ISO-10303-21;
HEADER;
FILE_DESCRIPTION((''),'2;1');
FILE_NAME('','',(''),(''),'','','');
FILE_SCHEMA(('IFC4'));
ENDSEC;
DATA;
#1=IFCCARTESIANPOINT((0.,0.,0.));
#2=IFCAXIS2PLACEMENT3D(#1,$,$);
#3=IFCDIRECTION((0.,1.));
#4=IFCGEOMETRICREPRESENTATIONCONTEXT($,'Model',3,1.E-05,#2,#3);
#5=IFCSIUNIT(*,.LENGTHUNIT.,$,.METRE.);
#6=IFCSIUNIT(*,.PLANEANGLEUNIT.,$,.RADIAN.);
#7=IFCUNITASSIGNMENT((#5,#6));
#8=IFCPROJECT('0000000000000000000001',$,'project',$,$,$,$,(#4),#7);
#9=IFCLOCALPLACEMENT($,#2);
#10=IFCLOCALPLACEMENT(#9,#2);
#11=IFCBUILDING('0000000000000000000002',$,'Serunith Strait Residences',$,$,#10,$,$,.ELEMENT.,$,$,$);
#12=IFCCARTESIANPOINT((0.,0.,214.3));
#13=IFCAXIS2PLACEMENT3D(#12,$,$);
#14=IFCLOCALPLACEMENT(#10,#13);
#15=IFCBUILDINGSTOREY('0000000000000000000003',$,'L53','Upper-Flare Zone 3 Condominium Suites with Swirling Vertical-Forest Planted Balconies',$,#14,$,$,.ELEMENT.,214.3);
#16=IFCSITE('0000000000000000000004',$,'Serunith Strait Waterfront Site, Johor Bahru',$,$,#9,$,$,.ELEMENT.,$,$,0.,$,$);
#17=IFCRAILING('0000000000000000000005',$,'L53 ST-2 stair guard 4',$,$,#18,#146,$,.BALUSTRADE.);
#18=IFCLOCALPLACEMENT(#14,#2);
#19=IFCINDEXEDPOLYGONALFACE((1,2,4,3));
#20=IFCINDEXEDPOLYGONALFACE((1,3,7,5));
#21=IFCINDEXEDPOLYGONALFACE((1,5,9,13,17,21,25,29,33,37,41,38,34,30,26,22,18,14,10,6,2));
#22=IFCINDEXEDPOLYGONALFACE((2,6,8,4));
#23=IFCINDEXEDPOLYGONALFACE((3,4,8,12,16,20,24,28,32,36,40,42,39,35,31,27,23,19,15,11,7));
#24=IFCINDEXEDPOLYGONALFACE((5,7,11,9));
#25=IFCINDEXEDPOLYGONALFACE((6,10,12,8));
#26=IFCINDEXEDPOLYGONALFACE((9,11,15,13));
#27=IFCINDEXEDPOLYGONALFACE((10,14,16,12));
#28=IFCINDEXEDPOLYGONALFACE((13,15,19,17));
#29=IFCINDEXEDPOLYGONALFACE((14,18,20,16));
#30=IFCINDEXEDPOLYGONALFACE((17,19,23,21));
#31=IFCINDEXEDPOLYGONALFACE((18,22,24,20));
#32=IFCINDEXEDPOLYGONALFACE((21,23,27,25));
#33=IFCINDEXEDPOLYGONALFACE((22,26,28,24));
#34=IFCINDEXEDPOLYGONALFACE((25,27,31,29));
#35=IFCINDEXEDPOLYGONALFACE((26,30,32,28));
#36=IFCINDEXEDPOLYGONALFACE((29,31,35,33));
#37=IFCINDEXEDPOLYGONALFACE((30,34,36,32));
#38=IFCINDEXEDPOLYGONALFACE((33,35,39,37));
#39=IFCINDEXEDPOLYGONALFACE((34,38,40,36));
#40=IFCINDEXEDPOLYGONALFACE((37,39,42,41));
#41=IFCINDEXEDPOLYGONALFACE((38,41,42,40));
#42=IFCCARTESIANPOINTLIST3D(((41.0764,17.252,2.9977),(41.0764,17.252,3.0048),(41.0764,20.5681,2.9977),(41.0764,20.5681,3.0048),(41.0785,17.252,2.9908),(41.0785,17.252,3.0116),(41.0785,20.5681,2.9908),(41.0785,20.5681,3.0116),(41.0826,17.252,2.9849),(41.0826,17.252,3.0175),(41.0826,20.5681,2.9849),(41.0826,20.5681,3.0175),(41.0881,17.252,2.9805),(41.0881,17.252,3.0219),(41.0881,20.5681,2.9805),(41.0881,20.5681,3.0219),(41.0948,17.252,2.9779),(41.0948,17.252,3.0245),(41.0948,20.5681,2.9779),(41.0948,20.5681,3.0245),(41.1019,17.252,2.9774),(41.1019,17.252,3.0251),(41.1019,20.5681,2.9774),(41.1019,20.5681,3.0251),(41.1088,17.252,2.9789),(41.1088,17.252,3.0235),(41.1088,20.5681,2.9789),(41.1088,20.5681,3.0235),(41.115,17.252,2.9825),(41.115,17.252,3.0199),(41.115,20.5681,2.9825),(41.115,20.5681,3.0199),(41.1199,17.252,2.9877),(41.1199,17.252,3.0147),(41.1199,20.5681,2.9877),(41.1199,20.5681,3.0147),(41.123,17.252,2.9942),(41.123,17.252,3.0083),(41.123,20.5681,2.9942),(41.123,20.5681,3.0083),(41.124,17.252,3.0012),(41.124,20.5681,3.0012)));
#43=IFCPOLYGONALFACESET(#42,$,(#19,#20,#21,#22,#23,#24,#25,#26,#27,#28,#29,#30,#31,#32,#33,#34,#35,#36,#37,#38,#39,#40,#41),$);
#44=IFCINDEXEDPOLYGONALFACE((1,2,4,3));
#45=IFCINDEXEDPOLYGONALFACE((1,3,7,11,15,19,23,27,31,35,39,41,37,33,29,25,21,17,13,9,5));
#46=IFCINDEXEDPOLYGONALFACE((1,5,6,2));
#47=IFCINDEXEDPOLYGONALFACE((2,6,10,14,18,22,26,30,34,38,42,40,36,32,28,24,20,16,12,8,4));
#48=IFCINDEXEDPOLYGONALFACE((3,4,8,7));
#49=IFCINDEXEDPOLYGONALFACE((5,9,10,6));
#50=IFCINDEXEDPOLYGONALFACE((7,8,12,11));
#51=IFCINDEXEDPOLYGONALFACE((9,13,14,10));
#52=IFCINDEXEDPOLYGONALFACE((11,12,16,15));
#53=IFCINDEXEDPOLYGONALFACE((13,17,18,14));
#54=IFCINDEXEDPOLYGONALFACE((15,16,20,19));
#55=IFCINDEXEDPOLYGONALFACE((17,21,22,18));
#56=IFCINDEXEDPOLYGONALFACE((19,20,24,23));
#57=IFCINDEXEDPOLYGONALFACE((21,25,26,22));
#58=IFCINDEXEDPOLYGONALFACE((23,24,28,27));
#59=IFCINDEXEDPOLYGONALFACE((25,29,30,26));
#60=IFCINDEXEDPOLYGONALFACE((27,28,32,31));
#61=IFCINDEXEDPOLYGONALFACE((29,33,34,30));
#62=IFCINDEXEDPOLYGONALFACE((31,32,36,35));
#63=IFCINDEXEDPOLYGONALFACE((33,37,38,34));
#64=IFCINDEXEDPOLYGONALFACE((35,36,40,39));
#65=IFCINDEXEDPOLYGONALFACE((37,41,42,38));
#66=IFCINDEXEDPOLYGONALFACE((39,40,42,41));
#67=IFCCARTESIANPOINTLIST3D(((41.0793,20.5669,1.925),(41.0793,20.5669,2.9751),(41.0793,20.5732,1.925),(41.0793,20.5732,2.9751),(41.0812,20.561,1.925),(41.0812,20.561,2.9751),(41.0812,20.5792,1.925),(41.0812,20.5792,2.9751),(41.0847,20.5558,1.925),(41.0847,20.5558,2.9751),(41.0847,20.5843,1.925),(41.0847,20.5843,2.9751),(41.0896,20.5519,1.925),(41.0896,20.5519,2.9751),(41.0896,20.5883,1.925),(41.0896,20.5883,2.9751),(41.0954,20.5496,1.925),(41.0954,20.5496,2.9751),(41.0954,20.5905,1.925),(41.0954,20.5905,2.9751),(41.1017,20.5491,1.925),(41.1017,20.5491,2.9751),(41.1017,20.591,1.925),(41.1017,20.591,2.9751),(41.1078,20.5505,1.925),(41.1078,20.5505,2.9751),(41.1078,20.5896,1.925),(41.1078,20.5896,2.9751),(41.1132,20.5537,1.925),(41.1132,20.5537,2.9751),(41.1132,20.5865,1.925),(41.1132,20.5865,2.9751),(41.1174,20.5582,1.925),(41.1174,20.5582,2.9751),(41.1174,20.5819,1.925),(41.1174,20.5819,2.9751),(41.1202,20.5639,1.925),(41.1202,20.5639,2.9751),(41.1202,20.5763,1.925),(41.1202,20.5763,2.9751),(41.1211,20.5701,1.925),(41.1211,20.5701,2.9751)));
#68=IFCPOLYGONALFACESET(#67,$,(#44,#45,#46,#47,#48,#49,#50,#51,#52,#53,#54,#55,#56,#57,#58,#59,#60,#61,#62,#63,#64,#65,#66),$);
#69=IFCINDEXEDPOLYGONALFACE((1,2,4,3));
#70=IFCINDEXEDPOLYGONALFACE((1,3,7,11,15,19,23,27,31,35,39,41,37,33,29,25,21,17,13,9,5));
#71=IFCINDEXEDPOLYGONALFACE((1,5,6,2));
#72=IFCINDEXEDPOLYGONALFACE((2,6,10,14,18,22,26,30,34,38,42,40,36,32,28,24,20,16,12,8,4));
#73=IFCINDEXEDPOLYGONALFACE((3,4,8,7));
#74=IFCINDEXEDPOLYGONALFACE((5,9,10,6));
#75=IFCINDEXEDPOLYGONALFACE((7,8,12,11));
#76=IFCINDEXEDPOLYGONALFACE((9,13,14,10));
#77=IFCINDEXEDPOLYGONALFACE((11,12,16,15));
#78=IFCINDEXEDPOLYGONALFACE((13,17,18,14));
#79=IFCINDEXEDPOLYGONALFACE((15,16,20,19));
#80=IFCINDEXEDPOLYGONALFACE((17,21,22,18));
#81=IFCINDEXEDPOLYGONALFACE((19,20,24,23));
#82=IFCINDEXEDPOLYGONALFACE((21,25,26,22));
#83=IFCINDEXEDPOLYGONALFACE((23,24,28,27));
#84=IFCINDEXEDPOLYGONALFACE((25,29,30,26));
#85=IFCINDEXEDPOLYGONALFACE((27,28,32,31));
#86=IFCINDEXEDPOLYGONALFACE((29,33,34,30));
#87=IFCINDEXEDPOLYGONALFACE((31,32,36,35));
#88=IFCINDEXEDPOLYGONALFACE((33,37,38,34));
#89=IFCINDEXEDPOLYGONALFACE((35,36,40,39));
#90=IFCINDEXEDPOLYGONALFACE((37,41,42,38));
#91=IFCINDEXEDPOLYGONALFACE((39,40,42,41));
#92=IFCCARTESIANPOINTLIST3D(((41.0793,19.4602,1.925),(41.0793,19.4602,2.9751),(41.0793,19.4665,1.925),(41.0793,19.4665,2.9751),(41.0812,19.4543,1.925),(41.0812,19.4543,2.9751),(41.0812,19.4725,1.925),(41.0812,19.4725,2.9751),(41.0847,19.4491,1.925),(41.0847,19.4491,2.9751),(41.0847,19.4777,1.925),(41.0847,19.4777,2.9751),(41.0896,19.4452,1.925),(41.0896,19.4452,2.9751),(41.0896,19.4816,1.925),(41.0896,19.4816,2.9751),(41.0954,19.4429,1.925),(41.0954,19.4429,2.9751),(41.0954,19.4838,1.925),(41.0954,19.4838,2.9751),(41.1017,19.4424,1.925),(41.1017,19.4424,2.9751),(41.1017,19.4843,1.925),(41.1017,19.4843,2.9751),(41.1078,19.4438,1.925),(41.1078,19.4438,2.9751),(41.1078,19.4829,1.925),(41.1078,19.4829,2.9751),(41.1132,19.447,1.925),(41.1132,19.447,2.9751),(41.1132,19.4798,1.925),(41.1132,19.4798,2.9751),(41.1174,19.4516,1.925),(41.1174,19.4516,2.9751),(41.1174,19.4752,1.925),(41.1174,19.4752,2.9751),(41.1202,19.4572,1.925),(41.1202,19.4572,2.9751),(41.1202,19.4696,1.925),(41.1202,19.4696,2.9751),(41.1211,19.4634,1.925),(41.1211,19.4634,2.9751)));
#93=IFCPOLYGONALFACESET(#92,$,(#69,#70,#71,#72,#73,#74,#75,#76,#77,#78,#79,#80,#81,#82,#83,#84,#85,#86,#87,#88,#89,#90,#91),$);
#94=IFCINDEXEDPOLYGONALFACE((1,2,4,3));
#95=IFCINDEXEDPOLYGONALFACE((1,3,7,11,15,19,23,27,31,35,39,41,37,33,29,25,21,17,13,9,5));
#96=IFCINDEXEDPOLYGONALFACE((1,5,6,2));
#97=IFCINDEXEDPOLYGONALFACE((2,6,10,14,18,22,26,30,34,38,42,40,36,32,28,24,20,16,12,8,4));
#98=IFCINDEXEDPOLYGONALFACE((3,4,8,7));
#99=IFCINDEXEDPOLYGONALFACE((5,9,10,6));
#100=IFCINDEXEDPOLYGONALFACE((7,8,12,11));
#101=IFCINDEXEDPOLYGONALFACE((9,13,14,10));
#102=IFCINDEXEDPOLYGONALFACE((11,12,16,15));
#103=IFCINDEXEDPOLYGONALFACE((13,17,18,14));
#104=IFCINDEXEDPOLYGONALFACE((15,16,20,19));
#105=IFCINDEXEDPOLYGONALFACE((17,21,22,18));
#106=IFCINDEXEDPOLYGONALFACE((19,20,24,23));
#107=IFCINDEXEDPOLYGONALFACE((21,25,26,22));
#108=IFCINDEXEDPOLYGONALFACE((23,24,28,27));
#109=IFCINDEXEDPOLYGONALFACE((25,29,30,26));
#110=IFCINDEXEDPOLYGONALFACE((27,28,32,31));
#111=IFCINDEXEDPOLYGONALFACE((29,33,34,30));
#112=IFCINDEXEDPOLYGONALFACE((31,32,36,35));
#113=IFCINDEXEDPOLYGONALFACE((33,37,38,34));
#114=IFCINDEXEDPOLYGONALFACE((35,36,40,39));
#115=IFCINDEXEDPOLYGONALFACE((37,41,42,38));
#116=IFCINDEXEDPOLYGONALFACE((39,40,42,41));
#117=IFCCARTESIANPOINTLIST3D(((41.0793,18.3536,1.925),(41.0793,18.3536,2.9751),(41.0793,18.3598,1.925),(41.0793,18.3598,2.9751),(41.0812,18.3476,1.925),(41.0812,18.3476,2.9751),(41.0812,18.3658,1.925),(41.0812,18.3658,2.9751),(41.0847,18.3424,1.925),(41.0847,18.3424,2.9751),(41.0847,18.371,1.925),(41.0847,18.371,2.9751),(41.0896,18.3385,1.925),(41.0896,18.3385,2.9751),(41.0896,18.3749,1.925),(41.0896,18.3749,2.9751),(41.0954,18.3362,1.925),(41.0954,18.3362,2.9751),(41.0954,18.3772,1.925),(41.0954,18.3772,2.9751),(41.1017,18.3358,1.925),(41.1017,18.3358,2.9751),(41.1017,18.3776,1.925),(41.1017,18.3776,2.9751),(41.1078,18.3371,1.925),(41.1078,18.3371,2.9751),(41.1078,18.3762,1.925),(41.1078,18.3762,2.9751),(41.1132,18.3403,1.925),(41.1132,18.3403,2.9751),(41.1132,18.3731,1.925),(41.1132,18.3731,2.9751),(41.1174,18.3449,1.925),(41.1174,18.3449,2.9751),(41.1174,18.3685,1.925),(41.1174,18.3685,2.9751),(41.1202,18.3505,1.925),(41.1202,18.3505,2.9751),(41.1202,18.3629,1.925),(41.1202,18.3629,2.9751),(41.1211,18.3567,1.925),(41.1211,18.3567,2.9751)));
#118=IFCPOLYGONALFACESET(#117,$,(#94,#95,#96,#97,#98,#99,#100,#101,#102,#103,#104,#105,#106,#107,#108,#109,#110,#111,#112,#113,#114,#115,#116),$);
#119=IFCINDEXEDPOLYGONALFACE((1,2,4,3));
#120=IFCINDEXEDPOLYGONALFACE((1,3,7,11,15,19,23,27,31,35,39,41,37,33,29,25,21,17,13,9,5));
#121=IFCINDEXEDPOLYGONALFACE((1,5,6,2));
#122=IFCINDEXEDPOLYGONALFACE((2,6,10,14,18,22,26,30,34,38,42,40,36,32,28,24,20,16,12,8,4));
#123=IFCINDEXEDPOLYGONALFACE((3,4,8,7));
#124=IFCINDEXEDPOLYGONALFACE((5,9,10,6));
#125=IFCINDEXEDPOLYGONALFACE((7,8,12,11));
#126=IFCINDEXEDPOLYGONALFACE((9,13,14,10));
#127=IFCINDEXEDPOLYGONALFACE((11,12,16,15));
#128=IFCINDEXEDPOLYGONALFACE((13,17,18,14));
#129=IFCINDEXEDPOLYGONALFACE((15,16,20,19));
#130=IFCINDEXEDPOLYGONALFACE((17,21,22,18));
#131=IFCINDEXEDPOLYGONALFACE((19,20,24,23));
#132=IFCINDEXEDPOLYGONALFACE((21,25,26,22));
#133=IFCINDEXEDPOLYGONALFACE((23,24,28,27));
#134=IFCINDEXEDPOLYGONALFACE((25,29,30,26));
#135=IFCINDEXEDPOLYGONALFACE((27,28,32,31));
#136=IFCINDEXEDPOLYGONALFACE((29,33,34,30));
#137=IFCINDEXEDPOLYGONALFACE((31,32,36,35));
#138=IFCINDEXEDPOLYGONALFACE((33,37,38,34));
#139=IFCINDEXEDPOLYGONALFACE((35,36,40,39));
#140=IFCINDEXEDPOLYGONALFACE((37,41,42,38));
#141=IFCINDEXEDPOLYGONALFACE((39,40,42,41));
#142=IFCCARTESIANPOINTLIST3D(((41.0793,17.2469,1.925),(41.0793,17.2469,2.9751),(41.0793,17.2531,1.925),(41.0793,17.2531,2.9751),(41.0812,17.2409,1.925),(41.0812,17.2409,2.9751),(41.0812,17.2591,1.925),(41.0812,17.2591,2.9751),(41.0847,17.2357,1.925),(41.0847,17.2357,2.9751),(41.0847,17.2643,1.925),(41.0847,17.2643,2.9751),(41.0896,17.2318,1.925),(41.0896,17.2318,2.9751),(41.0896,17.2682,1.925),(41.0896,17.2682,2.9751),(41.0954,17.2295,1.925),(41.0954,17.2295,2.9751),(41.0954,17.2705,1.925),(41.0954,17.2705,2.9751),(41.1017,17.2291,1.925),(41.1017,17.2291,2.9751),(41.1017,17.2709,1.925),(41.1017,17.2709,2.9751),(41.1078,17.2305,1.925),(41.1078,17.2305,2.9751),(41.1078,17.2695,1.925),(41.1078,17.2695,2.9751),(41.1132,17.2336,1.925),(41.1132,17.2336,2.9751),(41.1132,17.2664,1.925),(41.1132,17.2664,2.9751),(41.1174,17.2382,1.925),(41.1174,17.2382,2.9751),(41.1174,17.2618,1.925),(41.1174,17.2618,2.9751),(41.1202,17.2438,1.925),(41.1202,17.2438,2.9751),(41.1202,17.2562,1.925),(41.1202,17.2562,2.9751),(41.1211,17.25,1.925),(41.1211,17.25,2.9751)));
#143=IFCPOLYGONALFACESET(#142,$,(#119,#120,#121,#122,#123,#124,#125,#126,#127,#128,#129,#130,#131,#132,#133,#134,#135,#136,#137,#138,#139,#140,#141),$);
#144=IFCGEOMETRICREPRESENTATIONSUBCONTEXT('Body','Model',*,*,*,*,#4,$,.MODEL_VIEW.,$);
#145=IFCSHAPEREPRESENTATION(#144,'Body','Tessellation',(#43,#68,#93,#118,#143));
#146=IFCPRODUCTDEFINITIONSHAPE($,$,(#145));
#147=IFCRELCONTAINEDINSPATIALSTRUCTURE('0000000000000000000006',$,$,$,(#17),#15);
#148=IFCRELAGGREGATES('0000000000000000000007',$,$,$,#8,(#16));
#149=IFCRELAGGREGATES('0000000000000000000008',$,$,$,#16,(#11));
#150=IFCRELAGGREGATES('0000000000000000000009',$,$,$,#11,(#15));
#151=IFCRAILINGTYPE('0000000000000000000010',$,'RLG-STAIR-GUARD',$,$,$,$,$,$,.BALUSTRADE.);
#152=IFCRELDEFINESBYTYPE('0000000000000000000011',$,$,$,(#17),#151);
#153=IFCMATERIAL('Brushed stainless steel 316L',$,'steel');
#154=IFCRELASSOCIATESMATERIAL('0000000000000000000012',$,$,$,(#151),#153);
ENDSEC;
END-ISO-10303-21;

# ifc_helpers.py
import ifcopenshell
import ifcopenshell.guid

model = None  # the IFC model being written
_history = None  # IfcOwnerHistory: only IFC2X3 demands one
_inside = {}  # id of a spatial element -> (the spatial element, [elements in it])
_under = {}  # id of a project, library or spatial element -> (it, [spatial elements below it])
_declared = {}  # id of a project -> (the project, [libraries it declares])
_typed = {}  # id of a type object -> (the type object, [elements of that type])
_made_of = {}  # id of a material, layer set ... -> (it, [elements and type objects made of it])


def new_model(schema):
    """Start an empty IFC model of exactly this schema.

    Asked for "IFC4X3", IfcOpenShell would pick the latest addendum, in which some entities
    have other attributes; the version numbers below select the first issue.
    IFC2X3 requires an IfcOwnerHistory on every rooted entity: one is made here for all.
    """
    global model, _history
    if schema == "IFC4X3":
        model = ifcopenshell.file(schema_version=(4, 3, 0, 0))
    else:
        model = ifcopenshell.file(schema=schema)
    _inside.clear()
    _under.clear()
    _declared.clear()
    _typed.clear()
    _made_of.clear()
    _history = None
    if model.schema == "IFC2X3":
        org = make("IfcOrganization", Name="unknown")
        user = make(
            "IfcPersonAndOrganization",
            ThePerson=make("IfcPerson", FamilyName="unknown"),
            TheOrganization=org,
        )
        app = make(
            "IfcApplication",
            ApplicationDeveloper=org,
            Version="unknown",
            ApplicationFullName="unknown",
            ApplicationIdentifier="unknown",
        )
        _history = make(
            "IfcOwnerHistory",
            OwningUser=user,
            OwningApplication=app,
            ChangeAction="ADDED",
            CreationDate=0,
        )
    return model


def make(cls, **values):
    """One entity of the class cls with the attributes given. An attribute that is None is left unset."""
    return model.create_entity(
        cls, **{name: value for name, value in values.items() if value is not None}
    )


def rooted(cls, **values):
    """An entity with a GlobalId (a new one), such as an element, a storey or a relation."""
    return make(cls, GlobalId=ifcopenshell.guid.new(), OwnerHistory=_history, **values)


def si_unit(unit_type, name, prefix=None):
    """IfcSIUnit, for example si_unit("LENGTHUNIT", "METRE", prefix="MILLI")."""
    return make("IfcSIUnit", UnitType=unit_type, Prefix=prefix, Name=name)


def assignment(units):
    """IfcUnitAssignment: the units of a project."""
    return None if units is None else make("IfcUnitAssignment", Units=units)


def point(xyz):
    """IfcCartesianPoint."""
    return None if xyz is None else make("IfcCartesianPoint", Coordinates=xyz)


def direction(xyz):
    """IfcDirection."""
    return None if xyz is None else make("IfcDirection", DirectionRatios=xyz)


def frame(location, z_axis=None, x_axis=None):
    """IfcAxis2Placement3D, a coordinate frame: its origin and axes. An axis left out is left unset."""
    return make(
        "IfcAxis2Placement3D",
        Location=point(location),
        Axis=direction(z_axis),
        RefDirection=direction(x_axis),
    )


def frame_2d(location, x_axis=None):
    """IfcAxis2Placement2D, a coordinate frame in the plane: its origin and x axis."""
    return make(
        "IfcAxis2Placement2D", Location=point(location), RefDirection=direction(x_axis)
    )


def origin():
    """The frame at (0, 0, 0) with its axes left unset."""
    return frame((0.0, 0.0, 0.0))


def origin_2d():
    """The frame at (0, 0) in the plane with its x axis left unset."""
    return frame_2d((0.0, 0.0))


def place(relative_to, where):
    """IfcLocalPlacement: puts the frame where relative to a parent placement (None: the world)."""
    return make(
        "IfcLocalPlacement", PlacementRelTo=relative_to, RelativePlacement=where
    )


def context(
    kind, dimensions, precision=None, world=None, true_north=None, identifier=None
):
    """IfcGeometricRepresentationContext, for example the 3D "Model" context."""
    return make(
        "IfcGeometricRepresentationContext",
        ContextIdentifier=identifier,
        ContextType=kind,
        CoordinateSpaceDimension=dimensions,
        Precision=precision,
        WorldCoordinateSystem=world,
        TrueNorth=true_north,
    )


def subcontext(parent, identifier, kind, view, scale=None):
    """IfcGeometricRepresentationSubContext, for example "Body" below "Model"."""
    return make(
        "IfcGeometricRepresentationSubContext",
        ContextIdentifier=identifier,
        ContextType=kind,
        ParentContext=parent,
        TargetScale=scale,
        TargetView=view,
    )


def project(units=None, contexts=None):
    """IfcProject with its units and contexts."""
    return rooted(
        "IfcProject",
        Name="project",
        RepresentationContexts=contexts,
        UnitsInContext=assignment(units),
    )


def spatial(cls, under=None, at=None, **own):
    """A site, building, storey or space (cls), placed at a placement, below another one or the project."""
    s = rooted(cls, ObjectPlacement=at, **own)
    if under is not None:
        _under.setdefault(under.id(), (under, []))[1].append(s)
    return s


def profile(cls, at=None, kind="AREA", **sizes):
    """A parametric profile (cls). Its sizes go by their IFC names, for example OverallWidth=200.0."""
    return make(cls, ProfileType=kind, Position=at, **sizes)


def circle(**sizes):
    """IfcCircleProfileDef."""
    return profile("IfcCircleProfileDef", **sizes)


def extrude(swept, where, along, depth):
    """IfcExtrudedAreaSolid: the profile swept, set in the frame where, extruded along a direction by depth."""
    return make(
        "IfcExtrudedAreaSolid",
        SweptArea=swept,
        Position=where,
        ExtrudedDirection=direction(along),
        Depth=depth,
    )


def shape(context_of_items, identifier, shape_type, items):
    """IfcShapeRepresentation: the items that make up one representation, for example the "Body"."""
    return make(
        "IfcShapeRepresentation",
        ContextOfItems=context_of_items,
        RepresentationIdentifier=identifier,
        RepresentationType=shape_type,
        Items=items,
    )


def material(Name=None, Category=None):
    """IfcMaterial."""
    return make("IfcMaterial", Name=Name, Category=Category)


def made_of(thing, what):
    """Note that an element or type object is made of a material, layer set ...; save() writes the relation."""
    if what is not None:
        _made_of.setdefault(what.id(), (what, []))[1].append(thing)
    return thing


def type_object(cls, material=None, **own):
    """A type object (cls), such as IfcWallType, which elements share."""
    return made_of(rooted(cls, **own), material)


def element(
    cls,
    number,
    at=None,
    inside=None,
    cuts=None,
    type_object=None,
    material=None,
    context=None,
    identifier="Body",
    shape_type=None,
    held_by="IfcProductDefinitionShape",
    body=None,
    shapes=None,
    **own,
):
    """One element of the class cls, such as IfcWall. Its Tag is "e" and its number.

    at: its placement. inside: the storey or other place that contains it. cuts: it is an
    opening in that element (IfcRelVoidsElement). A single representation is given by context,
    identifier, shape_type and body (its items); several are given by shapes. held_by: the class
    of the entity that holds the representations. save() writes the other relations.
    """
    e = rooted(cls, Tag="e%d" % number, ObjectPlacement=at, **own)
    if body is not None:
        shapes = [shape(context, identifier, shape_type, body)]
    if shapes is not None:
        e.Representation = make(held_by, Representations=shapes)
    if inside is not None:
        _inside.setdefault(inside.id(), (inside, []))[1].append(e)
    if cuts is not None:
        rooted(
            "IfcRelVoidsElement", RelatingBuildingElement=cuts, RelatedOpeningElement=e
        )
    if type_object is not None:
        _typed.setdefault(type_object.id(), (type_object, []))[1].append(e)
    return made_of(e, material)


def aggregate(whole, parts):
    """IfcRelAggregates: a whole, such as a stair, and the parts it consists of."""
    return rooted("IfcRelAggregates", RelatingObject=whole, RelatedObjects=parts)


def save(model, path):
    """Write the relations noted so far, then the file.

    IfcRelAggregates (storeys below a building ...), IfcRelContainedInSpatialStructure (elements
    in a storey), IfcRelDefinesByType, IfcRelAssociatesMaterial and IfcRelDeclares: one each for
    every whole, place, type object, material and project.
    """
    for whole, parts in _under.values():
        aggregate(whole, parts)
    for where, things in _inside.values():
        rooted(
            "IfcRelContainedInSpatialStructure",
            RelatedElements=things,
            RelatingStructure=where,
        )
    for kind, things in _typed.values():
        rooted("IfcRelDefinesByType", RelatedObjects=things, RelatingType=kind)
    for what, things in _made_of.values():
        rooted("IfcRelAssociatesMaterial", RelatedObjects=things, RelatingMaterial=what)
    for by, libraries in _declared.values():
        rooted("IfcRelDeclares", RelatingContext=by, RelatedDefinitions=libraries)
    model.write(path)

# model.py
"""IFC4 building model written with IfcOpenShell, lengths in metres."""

from ifc_helpers import new_model, si_unit, direction, frame, origin, origin_2d, place, context, subcontext, project, spatial, circle, extrude, material, type_object, element, save


model = new_model("IFC4")

# Units and contexts
model_context = context("Model", 3, precision=1e-05, world=origin(), true_north=direction((0.0, 1.0)))
body_context = subcontext(model_context, "Body", "Model", "MODEL_VIEW")
ifc_project = project(units=[si_unit("LENGTHUNIT", "METRE"), si_unit("PLANEANGLEUNIT", "RADIAN")], contexts=[model_context])

# Site, building, storey
site_placement = place(None, origin())
site = spatial("IfcSite", under=ifc_project, at=site_placement, Name="Serunith Strait Waterfront Site, Johor Bahru", CompositionType="ELEMENT", RefElevation=0.0)
building_placement = place(site_placement, origin())
building = spatial("IfcBuilding", under=site, at=building_placement, Name="Serunith Strait Residences", CompositionType="ELEMENT")
storey_placement = place(building_placement, frame((0.0, 0.0, 214.3)))
storey = spatial("IfcBuildingStorey", under=building, at=storey_placement, Name="L53", Description="Upper-Flare Zone 3 Condominium Suites with Swirling Vertical-Forest Planted Balconies", CompositionType="ELEMENT", Elevation=214.3)

# Railing
ifc_material_1 = material(Name="Brushed stainless steel 316L", Category="steel")
railing_type_1 = type_object("IfcRailingType", Name="RLG-STAIR-GUARD", PredefinedType="BALUSTRADE", material=ifc_material_1)
for number, where, name in (
    (1, (41.1001, 20.5701, 1.925), "L53 ST-2 stair guard 4"),
):
    element("IfcRailing", number, at=place(storey_placement, frame(where)), inside=storey, type_object=railing_type_1, Name=name, PredefinedType="BALUSTRADE", context=body_context, shape_type="SweptSolid", body=[
        extrude(circle(Radius=0.0239, at=origin_2d()), frame((0.0, -0.002, 1.0762), z_axis=(0.0, -1.0, 0.0), x_axis=(1.0, 0.0, 0.0)), (0.0, 0.0, 1.0), 3.3162),
        extrude(circle(Radius=0.021, at=origin_2d()), origin(), (0.0, 0.0, 1.0), 1.05),
        extrude(circle(Radius=0.021, at=origin_2d()), frame((0.0, -1.1067, 0.0)), (0.0, 0.0, 1.0), 1.05),
        extrude(circle(Radius=0.021, at=origin_2d()), frame((0.0, -2.2134, 0.0)), (0.0, 0.0, 1.0), 1.05),
        extrude(circle(Radius=0.021, at=origin_2d()), frame((0.0, -3.3201, 0.0)), (0.0, 0.0, 1.0), 1.05),
    ])

save(model, "model.ifc")
